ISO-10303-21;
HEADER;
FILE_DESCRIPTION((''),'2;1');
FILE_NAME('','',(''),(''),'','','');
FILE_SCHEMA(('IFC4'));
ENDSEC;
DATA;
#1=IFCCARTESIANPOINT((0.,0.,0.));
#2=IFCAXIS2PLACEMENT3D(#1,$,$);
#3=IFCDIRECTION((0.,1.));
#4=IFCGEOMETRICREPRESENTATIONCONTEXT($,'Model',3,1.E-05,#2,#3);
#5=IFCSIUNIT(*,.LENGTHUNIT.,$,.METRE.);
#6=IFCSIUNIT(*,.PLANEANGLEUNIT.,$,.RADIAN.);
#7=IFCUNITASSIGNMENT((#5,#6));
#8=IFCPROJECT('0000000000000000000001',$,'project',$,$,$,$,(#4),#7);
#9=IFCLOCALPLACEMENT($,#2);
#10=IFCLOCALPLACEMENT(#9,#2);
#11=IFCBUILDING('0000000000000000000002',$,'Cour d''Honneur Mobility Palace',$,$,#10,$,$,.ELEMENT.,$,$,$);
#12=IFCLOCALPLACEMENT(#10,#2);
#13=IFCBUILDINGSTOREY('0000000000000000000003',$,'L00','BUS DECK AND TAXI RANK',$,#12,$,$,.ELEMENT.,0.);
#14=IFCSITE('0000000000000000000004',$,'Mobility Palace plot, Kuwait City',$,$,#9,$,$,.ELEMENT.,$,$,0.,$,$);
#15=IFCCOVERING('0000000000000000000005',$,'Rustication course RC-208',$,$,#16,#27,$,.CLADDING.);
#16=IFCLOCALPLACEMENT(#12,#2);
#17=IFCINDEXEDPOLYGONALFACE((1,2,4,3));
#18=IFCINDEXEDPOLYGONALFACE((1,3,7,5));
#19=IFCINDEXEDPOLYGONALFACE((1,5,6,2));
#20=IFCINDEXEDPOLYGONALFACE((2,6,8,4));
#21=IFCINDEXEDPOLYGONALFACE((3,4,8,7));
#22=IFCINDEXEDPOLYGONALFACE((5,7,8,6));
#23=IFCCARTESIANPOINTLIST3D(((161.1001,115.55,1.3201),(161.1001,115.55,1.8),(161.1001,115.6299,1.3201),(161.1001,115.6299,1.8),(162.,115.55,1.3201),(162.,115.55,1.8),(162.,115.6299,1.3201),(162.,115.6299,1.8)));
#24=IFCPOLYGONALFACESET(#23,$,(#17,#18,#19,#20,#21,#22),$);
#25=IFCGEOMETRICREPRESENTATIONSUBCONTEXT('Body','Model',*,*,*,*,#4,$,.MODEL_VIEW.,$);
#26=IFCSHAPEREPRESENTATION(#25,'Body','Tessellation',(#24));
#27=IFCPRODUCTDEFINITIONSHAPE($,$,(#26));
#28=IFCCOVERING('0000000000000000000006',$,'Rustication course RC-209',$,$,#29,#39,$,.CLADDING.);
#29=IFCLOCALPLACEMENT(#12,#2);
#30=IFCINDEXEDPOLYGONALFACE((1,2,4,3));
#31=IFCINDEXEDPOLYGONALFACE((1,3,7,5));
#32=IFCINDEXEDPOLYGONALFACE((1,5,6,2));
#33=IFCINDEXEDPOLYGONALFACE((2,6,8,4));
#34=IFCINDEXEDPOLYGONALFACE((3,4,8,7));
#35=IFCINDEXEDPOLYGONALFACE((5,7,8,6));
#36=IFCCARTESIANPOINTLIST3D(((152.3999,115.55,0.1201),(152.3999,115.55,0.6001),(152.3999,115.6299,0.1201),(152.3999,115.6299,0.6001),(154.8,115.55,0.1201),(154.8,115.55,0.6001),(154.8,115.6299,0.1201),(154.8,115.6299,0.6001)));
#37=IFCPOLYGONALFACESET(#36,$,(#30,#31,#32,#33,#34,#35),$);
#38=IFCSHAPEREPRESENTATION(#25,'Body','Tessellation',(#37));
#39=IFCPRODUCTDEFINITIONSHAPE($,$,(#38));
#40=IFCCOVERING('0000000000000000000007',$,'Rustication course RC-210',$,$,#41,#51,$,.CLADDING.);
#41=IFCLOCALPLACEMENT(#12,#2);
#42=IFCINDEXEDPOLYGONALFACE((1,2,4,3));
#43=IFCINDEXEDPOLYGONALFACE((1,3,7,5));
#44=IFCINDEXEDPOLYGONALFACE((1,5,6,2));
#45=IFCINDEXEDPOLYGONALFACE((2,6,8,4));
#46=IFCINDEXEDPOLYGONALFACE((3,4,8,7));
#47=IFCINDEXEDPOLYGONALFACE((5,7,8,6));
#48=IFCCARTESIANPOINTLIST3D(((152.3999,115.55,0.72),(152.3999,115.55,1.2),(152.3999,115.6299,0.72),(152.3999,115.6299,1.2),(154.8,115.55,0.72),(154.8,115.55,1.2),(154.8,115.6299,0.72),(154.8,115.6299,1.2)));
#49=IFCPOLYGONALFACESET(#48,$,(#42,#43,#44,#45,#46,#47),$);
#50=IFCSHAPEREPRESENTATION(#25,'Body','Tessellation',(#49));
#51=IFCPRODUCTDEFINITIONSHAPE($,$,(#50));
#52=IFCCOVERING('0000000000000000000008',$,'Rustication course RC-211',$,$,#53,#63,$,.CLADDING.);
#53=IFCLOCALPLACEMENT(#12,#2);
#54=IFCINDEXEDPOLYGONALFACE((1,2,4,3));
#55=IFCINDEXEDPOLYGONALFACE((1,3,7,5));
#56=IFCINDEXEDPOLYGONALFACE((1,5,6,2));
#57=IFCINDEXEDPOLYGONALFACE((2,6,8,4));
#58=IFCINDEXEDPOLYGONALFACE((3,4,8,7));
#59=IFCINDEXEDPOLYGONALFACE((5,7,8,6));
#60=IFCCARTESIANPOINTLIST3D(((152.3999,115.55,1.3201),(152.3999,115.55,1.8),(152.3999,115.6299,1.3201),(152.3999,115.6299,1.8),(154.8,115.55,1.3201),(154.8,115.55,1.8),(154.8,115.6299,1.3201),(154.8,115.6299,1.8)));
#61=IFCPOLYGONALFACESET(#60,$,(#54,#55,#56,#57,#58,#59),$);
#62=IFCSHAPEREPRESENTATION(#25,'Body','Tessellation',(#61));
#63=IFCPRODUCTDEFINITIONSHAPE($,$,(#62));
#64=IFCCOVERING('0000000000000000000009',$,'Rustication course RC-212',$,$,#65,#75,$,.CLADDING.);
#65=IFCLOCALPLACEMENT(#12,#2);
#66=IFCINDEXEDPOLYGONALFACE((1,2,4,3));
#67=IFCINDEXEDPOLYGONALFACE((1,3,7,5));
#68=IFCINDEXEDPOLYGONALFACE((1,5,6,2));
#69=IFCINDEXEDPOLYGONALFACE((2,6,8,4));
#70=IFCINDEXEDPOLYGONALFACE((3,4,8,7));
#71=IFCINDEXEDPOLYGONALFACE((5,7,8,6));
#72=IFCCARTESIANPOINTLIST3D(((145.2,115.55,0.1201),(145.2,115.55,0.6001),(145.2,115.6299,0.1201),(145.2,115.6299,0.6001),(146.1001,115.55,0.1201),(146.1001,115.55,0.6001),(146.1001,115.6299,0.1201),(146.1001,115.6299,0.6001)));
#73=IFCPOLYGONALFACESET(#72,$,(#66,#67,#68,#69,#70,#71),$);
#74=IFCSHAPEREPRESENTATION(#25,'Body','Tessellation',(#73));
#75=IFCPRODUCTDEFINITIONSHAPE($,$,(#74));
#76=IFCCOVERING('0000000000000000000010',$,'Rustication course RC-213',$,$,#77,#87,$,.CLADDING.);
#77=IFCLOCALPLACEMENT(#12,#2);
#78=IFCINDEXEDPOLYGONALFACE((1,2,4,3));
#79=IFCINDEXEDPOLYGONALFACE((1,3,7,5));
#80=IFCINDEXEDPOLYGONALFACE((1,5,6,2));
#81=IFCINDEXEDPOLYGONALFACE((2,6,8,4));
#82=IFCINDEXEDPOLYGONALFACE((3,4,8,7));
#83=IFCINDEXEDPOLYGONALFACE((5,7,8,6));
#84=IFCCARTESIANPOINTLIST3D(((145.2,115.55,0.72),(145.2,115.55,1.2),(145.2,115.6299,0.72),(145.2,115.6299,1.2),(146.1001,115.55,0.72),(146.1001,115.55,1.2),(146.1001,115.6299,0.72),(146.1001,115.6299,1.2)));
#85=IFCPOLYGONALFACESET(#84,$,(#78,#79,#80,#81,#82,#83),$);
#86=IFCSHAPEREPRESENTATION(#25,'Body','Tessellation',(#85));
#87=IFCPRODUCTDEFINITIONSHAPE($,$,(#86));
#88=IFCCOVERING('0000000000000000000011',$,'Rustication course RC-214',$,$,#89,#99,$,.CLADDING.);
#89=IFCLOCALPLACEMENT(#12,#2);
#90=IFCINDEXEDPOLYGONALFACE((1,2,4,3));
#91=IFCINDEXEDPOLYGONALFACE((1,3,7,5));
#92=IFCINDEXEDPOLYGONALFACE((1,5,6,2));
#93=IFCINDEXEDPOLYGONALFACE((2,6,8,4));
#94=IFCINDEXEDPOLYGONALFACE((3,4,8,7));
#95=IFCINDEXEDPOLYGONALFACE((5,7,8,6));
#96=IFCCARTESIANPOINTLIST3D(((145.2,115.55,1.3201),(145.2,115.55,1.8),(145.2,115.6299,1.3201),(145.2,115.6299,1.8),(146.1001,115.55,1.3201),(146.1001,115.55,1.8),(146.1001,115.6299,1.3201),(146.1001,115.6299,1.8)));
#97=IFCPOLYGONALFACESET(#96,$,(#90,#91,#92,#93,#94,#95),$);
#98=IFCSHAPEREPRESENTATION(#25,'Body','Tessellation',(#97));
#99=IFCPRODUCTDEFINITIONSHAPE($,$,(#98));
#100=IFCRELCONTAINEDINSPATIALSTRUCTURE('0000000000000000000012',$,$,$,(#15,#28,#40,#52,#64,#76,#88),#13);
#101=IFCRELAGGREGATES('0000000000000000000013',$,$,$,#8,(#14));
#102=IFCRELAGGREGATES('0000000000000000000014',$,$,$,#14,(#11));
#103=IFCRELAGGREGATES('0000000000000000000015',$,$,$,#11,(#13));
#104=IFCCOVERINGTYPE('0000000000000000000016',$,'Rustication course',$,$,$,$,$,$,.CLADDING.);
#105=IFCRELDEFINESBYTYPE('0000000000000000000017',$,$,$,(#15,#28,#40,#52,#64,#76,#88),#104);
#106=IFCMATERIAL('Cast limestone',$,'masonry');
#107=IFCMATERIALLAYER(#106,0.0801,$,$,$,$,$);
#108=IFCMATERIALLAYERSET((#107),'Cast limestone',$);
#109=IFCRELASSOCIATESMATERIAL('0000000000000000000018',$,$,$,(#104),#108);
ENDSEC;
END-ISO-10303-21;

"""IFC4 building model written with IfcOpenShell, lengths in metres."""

from ifc_helpers import new_model, si_unit, direction, frame, origin, place, context, subcontext, project, spatial, polyline, outline, extrude, material, layer, layer_set, type_object, element, save


model = new_model("IFC4")

# Units and contexts
model_context = context("Model", 3, precision=1e-05, world=origin(), true_north=direction((0.0, 1.0)))
body_context = subcontext(model_context, "Body", "Model", "MODEL_VIEW")
ifc_project = project(units=[si_unit("LENGTHUNIT", "METRE"), si_unit("PLANEANGLEUNIT", "RADIAN")], contexts=[model_context])

# Site, building, storey
site_placement = place(None, origin())
site = spatial("IfcSite", under=ifc_project, at=site_placement, Name="Mobility Palace plot, Kuwait City", CompositionType="ELEMENT", RefElevation=0.0)
building_placement = place(site_placement, origin())
building = spatial("IfcBuilding", under=site, at=building_placement, Name="Cour d'Honneur Mobility Palace", CompositionType="ELEMENT")
storey_placement = place(building_placement, origin())
storey = spatial("IfcBuildingStorey", under=building, at=storey_placement, Name="L00", Description="BUS DECK AND TAXI RANK", CompositionType="ELEMENT", Elevation=0.0)

# Coverings
ifc_material_1 = material(Name="Cast limestone", Category="masonry")
ifc_layer_1 = layer(ifc_material_1, 0.0801)
ifc_layer_set_1 = layer_set([ifc_layer_1], Name="Cast limestone")
covering_type_1 = type_object("IfcCoveringType", Name="Rustication course", PredefinedType="CLADDING", material=ifc_layer_set_1)
for number, where, name in (
    (1, (0.0, 0.0, 1.3201), "Rustication course RC-208"),
):
    element("IfcCovering", number, at=place(storey_placement, frame(where)), inside=storey, type_object=covering_type_1, Name=name, PredefinedType="CLADDING", context=body_context, shape_type="SweptSolid", body=[
        extrude(outline(polyline([(162.0, 115.55), (161.1001, 115.55), (161.1001, 115.6299), (162.0, 115.6299), (162.0, 115.55)])), origin(), (0.0, 0.0, 1.0), 0.48),
    ])
for number, where, name in (
    (2, (0.0, 0.0, 0.1201), "Rustication course RC-209"),
    (3, (0.0, 0.0, 0.72), "Rustication course RC-210"),
    (4, (0.0, 0.0, 1.3201), "Rustication course RC-211"),
):
    element("IfcCovering", number, at=place(storey_placement, frame(where)), inside=storey, type_object=covering_type_1, Name=name, PredefinedType="CLADDING", context=body_context, shape_type="SweptSolid", body=[
        extrude(outline(polyline([(154.8, 115.55), (152.3999, 115.55), (152.3999, 115.6299), (154.8, 115.6299), (154.8, 115.55)])), origin(), (0.0, 0.0, 1.0), 0.48),
    ])
for number, where, name in (
    (5, (0.0, 0.0, 0.1201), "Rustication course RC-212"),
    (6, (0.0, 0.0, 0.72), "Rustication course RC-213"),
    (7, (0.0, 0.0, 1.3201), "Rustication course RC-214"),
):
    element("IfcCovering", number, at=place(storey_placement, frame(where)), inside=storey, type_object=covering_type_1, Name=name, PredefinedType="CLADDING", context=body_context, shape_type="SweptSolid", body=[
        extrude(outline(polyline([(146.1001, 115.55), (145.2, 115.55), (145.2, 115.6299), (146.1001, 115.6299), (146.1001, 115.55)])), origin(), (0.0, 0.0, 1.0), 0.48),
    ])

save(model, "model.ifc")
